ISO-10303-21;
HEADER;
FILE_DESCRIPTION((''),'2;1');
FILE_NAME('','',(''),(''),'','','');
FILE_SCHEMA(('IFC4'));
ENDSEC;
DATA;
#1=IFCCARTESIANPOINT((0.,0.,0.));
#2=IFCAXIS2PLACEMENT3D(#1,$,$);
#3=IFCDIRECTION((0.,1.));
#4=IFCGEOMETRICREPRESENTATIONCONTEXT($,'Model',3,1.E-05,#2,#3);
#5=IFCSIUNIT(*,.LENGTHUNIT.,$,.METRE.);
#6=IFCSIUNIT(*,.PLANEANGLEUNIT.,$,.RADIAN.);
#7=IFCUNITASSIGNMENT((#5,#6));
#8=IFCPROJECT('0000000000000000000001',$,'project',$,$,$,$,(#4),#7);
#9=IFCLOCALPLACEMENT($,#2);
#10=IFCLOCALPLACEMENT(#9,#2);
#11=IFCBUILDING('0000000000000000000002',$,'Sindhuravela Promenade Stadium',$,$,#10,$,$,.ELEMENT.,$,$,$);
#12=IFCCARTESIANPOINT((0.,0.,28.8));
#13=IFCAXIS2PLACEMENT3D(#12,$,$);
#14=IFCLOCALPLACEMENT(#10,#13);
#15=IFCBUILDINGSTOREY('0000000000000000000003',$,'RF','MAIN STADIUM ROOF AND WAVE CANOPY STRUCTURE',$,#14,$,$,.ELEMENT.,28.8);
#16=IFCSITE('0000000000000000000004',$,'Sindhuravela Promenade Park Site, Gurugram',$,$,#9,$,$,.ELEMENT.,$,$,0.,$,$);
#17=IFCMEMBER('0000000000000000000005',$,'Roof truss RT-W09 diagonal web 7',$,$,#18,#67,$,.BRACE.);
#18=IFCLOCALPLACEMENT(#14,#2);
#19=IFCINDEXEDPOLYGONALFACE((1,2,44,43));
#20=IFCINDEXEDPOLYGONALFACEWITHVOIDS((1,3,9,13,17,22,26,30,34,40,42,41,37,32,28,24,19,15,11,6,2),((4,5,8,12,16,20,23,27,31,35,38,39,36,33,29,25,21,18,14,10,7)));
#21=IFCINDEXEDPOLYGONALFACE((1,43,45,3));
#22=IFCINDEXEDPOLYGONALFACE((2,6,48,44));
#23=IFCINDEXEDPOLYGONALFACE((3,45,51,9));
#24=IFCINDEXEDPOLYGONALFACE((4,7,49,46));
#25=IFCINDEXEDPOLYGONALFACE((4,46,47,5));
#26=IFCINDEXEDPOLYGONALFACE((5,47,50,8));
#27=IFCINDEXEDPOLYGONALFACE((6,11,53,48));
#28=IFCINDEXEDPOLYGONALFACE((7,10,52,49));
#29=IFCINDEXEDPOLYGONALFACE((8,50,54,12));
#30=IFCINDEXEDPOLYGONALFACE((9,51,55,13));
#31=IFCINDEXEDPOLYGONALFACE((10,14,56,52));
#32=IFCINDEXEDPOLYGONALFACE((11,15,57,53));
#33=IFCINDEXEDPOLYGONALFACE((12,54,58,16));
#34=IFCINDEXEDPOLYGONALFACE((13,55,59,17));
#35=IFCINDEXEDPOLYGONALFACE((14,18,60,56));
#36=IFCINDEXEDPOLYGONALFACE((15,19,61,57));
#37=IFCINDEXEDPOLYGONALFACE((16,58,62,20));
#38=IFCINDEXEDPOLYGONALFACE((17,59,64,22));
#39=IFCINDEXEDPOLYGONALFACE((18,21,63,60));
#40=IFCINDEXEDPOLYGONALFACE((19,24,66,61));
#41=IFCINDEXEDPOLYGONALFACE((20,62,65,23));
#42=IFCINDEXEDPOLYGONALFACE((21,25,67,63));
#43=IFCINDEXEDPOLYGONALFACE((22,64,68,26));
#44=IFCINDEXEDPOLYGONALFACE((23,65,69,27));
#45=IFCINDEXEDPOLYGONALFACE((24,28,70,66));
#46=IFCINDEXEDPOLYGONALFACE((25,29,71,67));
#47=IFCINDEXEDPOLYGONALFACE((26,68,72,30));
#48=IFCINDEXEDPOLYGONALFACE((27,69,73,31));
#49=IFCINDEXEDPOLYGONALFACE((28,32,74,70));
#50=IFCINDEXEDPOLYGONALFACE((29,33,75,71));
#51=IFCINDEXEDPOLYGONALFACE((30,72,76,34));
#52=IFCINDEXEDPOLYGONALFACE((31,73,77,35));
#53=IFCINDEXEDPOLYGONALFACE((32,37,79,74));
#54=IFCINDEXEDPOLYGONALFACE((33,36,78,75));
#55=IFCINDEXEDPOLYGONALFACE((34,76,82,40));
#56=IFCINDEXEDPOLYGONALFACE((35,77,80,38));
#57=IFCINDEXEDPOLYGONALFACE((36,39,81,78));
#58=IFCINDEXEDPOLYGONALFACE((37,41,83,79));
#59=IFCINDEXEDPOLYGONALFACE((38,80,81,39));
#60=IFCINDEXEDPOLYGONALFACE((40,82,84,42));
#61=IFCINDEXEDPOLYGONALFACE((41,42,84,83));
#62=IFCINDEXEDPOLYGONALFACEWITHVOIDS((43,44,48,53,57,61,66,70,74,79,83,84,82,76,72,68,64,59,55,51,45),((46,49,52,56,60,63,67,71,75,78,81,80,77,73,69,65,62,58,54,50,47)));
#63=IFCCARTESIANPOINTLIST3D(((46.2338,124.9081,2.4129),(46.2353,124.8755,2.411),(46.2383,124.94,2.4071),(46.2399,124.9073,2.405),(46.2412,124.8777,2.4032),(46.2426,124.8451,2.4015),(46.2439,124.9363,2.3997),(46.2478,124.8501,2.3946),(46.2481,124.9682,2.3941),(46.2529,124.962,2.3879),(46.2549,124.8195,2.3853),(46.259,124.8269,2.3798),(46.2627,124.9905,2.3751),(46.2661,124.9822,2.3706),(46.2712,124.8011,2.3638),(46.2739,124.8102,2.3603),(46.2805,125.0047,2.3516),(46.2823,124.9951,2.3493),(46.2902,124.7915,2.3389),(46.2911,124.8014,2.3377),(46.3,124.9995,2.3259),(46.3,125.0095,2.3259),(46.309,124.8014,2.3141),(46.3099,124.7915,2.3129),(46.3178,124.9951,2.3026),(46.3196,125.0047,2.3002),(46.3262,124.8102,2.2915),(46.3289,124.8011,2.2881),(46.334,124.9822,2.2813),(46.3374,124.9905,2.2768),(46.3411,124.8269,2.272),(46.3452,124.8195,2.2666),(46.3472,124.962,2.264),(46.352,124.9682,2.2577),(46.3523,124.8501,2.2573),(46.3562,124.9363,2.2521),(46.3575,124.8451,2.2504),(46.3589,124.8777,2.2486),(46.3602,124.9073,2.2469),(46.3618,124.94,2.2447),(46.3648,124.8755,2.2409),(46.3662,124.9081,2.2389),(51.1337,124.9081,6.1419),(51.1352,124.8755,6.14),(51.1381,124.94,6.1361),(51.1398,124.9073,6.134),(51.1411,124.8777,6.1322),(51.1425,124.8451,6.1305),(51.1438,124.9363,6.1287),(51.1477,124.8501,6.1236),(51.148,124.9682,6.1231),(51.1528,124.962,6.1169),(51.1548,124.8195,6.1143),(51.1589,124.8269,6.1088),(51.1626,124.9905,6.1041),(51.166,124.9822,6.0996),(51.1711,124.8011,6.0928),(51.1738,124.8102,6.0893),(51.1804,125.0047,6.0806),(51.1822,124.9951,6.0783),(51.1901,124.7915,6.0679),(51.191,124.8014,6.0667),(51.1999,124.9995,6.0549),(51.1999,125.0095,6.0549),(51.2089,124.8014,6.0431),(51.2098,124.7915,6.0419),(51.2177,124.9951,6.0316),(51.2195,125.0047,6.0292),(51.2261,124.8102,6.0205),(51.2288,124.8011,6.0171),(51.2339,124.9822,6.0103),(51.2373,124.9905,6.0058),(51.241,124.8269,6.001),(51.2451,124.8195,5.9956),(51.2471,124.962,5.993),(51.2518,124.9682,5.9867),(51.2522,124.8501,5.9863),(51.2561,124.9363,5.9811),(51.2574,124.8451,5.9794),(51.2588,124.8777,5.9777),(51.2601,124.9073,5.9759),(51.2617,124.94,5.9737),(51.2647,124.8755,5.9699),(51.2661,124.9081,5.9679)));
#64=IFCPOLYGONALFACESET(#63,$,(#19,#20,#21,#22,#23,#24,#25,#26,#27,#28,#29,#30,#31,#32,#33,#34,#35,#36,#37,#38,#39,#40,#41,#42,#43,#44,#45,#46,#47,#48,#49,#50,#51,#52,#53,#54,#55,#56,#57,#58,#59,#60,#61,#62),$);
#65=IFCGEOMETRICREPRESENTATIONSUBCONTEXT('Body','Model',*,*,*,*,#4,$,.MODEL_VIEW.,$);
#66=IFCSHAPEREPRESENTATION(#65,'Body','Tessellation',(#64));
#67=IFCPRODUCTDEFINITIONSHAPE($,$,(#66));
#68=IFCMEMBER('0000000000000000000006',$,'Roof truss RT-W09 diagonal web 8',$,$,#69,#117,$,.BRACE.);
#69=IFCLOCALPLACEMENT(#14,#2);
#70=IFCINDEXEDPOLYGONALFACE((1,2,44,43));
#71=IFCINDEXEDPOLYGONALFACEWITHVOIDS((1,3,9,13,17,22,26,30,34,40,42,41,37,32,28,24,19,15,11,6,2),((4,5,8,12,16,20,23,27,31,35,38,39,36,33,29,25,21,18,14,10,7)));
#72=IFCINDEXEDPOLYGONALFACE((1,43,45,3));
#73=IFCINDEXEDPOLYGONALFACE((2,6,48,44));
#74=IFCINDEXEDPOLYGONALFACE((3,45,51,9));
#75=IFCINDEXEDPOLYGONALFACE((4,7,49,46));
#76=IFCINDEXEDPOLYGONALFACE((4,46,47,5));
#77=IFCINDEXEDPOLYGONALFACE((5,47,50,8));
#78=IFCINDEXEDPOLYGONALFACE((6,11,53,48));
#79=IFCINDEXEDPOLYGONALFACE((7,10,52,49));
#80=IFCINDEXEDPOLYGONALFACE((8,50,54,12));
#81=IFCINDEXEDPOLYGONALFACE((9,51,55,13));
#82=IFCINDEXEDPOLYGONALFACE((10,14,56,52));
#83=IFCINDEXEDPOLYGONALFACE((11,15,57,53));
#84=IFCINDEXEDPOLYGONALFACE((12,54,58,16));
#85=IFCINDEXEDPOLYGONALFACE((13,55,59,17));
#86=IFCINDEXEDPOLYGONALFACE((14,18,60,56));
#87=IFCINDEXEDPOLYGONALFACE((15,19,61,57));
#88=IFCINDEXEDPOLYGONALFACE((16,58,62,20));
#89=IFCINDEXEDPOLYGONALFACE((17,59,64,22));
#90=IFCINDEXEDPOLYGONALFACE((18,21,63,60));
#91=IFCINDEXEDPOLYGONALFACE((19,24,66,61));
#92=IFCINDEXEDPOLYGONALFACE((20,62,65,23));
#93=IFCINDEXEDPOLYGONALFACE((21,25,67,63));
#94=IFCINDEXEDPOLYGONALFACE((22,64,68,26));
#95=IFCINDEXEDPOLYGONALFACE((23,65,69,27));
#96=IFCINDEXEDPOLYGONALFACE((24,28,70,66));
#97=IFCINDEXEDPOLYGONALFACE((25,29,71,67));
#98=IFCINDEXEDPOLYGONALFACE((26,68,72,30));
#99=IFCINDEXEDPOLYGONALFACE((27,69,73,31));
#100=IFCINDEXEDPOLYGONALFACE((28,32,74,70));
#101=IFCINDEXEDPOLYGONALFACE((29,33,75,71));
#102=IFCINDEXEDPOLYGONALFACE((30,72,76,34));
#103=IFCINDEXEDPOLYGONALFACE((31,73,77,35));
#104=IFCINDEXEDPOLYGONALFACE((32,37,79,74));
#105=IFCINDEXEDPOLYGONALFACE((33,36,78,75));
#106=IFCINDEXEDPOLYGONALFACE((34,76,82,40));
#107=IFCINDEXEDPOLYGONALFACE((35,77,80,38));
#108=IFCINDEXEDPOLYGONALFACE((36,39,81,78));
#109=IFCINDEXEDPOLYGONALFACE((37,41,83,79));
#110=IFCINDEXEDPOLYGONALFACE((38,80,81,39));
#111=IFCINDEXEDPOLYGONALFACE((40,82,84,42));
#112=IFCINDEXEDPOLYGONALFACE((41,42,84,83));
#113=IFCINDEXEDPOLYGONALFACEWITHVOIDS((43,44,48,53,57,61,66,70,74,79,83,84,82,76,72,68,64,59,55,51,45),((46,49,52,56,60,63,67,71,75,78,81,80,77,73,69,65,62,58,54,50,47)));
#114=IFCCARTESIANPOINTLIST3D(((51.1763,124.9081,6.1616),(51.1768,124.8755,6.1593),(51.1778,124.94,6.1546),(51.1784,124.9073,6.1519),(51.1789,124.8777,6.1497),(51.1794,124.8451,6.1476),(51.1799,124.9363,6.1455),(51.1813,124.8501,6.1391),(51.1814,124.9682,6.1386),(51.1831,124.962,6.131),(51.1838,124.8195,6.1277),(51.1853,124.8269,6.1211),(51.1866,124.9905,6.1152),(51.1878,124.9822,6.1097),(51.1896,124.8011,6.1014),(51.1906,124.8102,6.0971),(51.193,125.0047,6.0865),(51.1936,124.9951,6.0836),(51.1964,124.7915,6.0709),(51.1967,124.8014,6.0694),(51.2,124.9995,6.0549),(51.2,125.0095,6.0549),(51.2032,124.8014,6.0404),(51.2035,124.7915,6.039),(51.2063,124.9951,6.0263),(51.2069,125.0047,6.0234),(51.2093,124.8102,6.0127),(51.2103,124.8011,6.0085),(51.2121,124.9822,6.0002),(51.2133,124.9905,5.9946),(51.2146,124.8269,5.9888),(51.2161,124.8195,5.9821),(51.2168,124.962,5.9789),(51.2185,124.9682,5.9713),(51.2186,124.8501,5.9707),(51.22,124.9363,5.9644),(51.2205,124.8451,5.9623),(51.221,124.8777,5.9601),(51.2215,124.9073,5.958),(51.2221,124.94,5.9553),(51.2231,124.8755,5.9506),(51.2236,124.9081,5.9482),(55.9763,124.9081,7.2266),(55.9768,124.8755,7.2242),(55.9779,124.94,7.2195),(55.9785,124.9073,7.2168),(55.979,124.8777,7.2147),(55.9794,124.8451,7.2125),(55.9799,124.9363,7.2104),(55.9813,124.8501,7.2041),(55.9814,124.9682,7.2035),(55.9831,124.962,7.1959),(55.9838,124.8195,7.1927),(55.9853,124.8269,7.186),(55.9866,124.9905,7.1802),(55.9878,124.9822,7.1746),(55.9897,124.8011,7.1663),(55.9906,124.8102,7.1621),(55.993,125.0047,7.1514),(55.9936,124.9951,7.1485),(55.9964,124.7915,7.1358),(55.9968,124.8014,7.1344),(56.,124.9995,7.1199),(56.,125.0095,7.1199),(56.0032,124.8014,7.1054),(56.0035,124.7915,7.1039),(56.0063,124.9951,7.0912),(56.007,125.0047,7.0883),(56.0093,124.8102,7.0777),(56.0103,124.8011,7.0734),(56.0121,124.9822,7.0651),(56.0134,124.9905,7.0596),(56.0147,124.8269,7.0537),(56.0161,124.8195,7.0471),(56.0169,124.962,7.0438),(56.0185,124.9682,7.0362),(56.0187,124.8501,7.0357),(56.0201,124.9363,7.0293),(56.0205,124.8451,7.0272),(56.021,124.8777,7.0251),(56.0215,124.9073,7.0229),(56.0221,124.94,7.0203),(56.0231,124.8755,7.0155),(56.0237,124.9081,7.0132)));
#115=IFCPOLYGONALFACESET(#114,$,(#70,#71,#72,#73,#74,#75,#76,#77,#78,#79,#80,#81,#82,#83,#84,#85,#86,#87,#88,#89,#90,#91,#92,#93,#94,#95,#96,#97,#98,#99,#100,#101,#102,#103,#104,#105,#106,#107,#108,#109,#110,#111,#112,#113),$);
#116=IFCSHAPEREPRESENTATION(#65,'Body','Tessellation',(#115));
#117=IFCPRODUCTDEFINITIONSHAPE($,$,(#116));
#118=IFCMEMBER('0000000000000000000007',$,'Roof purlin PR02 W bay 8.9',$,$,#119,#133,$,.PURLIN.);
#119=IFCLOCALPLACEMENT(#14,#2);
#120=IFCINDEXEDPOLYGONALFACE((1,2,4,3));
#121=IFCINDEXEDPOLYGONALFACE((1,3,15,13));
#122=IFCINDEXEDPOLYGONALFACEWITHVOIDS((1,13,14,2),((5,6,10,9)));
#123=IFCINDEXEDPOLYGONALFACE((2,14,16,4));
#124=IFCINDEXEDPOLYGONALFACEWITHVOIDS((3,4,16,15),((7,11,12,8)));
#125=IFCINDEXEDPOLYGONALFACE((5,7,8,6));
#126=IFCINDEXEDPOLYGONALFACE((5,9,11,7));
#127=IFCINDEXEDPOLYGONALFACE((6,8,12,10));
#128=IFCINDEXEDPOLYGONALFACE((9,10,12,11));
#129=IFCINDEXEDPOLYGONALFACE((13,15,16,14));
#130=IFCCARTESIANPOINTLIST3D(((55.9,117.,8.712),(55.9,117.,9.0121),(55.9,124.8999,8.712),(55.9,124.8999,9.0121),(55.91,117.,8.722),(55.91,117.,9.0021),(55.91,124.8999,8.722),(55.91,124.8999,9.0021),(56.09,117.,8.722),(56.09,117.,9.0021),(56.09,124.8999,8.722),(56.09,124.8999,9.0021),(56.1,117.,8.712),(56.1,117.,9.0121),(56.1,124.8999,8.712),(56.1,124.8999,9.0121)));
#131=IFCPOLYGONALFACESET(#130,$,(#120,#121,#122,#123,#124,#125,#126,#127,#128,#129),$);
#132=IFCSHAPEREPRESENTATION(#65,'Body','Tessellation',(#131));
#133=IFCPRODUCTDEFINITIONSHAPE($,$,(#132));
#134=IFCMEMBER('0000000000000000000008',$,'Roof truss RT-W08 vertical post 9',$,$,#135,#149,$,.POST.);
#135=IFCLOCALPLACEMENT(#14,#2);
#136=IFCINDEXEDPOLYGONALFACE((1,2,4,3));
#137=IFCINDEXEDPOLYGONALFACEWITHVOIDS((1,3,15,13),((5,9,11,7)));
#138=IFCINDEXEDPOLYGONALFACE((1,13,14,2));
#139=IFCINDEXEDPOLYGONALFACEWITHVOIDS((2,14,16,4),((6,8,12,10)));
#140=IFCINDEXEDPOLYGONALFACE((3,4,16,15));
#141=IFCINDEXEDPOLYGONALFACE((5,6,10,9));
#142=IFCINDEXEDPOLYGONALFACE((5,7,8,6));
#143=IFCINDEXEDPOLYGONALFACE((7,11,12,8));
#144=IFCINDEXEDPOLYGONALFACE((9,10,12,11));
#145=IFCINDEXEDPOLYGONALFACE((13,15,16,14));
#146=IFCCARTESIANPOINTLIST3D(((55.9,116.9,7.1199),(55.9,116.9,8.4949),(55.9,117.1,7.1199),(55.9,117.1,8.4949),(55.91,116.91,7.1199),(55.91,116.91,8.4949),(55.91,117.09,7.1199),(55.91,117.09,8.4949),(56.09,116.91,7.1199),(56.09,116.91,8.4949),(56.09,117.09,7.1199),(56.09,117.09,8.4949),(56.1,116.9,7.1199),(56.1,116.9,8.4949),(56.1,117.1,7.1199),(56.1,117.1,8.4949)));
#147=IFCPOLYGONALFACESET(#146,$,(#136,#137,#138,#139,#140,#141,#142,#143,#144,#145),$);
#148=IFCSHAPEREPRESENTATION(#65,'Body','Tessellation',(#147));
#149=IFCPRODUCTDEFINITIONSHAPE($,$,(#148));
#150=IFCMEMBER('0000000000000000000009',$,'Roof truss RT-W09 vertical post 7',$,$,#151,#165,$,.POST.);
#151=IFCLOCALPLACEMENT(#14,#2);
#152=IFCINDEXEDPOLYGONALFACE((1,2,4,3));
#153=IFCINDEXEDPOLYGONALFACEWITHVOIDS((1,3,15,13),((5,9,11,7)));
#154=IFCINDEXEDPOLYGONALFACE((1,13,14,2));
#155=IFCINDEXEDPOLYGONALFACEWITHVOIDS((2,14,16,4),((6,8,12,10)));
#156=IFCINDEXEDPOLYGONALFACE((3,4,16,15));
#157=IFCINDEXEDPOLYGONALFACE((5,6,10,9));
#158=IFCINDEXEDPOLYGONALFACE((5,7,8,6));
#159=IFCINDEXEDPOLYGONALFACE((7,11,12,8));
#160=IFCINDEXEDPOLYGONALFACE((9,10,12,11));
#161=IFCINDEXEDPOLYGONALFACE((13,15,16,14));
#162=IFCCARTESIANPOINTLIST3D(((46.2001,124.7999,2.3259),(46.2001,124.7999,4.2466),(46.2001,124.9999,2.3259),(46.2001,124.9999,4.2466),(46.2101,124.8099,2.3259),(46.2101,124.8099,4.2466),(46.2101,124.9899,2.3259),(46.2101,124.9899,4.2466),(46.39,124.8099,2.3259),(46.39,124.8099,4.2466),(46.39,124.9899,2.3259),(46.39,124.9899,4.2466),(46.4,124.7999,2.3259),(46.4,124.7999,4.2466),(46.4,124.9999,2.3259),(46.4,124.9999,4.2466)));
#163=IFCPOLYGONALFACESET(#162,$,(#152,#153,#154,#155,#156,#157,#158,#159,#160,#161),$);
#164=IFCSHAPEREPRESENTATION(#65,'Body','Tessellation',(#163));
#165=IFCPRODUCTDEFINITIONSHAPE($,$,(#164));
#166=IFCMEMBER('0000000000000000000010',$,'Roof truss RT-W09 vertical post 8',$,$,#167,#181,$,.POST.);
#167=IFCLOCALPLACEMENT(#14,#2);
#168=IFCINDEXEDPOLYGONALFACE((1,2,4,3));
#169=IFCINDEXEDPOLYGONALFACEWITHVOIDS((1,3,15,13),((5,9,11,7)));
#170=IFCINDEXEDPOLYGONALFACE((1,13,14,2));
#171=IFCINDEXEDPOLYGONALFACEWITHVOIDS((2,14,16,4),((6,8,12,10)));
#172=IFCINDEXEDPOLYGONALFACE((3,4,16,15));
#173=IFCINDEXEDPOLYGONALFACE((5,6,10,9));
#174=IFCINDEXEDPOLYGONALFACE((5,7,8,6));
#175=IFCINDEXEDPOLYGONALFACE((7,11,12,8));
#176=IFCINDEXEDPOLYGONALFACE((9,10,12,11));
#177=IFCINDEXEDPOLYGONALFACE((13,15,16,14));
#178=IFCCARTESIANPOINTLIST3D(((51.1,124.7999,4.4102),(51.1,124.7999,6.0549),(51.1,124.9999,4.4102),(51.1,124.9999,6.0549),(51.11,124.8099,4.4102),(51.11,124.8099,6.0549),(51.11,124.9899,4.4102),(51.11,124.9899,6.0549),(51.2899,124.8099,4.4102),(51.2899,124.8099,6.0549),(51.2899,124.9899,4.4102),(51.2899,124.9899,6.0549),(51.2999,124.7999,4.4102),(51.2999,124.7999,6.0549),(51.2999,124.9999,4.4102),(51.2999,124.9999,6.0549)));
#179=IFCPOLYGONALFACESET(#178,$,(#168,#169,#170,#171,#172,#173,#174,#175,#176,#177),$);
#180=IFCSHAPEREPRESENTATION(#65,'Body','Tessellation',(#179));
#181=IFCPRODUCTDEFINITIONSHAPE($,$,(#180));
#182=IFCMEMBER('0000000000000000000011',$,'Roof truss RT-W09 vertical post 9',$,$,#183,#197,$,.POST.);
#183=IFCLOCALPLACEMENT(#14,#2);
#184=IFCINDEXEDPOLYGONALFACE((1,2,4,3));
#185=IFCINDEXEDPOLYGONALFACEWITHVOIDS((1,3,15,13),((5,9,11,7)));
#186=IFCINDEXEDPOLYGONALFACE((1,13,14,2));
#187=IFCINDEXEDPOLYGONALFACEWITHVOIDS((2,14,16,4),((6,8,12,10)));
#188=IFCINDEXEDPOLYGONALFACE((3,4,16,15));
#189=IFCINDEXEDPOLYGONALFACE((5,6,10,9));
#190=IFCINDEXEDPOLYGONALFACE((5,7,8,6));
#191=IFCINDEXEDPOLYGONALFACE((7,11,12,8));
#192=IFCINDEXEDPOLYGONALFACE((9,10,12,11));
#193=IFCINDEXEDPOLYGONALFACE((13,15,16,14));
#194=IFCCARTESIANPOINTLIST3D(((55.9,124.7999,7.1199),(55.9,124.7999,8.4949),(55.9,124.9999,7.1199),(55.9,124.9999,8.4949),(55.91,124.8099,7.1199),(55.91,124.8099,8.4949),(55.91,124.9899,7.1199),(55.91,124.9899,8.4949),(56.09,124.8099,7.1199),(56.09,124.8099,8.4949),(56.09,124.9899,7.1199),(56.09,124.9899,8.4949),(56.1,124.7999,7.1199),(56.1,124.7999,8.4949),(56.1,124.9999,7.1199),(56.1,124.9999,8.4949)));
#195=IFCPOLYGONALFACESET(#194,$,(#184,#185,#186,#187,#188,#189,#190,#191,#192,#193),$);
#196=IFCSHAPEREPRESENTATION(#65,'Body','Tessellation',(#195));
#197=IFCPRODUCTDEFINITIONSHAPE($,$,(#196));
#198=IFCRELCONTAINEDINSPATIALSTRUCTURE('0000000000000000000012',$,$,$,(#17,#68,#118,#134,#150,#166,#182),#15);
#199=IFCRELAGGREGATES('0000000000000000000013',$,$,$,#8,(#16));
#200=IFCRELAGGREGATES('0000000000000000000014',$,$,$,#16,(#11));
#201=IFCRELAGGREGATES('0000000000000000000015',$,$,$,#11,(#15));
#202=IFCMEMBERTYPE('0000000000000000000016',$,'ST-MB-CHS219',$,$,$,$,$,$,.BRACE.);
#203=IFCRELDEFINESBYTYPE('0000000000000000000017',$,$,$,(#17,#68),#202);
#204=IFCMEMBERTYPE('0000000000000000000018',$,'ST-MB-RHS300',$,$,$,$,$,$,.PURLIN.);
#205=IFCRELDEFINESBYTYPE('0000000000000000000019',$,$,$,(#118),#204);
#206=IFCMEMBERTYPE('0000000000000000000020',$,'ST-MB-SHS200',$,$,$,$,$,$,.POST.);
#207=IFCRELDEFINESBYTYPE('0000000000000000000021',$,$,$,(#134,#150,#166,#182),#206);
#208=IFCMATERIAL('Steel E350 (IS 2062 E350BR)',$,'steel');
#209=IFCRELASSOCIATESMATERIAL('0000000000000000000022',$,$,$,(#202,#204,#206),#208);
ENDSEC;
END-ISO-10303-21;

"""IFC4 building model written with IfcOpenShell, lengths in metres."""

from ifc_helpers import new_model, si_unit, direction, frame, origin, origin_2d, place, context, subcontext, project, spatial, hollow_rectangle, hollow_circle, extrude, material, material_profile, profile_set, type_object, element, save


model = new_model("IFC4")

# Units and contexts
model_context = context("Model", 3, precision=1e-05, world=origin(), true_north=direction((0.0, 1.0)))
body_context = subcontext(model_context, "Body", "Model", "MODEL_VIEW")
ifc_project = project(units=[si_unit("LENGTHUNIT", "METRE"), si_unit("PLANEANGLEUNIT", "RADIAN")], contexts=[model_context])

# Site, building, storey
site_placement = place(None, origin())
site = spatial("IfcSite", under=ifc_project, at=site_placement, Name="Sindhuravela Promenade Park Site, Gurugram", CompositionType="ELEMENT", RefElevation=0.0)
building_placement = place(site_placement, origin())
building = spatial("IfcBuilding", under=site, at=building_placement, Name="Sindhuravela Promenade Stadium", CompositionType="ELEMENT")
storey_placement = place(building_placement, frame((0.0, 0.0, 28.8)))
storey = spatial("IfcBuildingStorey", under=building, at=storey_placement, Name="RF", Description="MAIN STADIUM ROOF AND WAVE CANOPY STRUCTURE", CompositionType="ELEMENT", Elevation=28.8)

# Shared definitions
ifc_material_1 = material(Name="Steel E350 (IS 2062 E350BR)", Category="steel")

# Members
ifc_material_profile_1 = material_profile(ifc_material_1, hollow_circle(Radius=0.1096, WallThickness=0.01, at=origin_2d()), Name="CHS 219.1x10")
ifc_profile_set_1 = profile_set([ifc_material_profile_1], Name="Steel E350 (IS 2062 E350BR)")
member_type_1 = type_object("IfcMemberType", Name="ST-MB-CHS219", PredefinedType="BRACE", material=ifc_profile_set_1)
member_1_placement = place(storey_placement, frame((46.3, 124.8999, 2.3259), z_axis=(0.795765, 0.0, 0.605606), x_axis=(0.0, 1.0, 0.0)))
element("IfcMember", 1, at=member_1_placement, inside=storey, type_object=member_type_1, Name="Roof truss RT-W09 diagonal web 7", PredefinedType="BRACE", context=body_context, shape_type="SweptSolid", body=[
    extrude(hollow_circle(Radius=0.1096, WallThickness=0.01, at=origin_2d()), origin(), (0.0, 0.0, 1.0), 6.1575),
])
member_2_placement = place(storey_placement, frame((51.2, 124.8999, 6.0549), z_axis=(0.976262, 0.0, 0.216594), x_axis=(0.0, 1.0, 0.0)))
element("IfcMember", 2, at=member_2_placement, inside=storey, type_object=member_type_1, Name="Roof truss RT-W09 diagonal web 8", PredefinedType="BRACE", context=body_context, shape_type="SweptSolid", body=[
    extrude(hollow_circle(Radius=0.1096, WallThickness=0.01, at=origin_2d()), origin(), (0.0, 0.0, 1.0), 4.9167),
])
ifc_material_profile_2 = material_profile(ifc_material_1, hollow_rectangle(XDim=0.2, YDim=0.3, WallThickness=0.01, at=origin_2d()), Name="RHS 300x200x10")
ifc_profile_set_2 = profile_set([ifc_material_profile_2], Name="Steel E350 (IS 2062 E350BR)")
member_type_2 = type_object("IfcMemberType", Name="ST-MB-RHS300", PredefinedType="PURLIN", material=ifc_profile_set_2)
member_3_placement = place(storey_placement, frame((56.0, 117.0, 8.8621), z_axis=(0.0, 1.0, 0.0), x_axis=(-1.0, 0.0, 0.0)))
element("IfcMember", 3, at=member_3_placement, inside=storey, type_object=member_type_2, Name="Roof purlin PR02 W bay 8.9", PredefinedType="PURLIN", context=body_context, shape_type="SweptSolid", body=[
    extrude(hollow_rectangle(XDim=0.2, YDim=0.3, WallThickness=0.01, at=origin_2d()), origin(), (0.0, 0.0, 1.0), 7.8999),
])
ifc_material_profile_3 = material_profile(ifc_material_1, hollow_rectangle(XDim=0.2, YDim=0.2, WallThickness=0.01, at=origin_2d()), Name="SHS 200x200x10")
ifc_profile_set_3 = profile_set([ifc_material_profile_3], Name="Steel E350 (IS 2062 E350BR)")
member_type_3 = type_object("IfcMemberType", Name="ST-MB-SHS200", PredefinedType="POST", material=ifc_profile_set_3)
member_4_placement = place(storey_placement, frame((56.0, 117.0, 7.1199), z_axis=(0.0, 0.0, 1.0), x_axis=(1.0, 0.0, 0.0)))
element("IfcMember", 4, at=member_4_placement, inside=storey, type_object=member_type_3, Name="Roof truss RT-W08 vertical post 9", PredefinedType="POST", context=body_context, shape_type="SweptSolid", body=[
    extrude(hollow_rectangle(XDim=0.2, YDim=0.2, WallThickness=0.01, at=origin_2d()), origin(), (0.0, 0.0, 1.0), 1.375),
])
member_5_placement = place(storey_placement, frame((46.3, 124.8999, 2.3259), z_axis=(0.0, 0.0, 1.0), x_axis=(1.0, 0.0, 0.0)))
element("IfcMember", 5, at=member_5_placement, inside=storey, type_object=member_type_3, Name="Roof truss RT-W09 vertical post 7", PredefinedType="POST", context=body_context, shape_type="SweptSolid", body=[
    extrude(hollow_rectangle(XDim=0.2, YDim=0.2, WallThickness=0.01, at=origin_2d()), origin(), (0.0, 0.0, 1.0), 1.9207),
])
member_6_placement = place(storey_placement, frame((51.2, 124.8999, 4.4102), z_axis=(0.0, 0.0, 1.0), x_axis=(1.0, 0.0, 0.0)))
element("IfcMember", 6, at=member_6_placement, inside=storey, type_object=member_type_3, Name="Roof truss RT-W09 vertical post 8", PredefinedType="POST", context=body_context, shape_type="SweptSolid", body=[
    extrude(hollow_rectangle(XDim=0.2, YDim=0.2, WallThickness=0.01, at=origin_2d()), origin(), (0.0, 0.0, 1.0), 1.6448),
])
member_7_placement = place(storey_placement, frame((56.0, 124.8999, 7.1199), z_axis=(0.0, 0.0, 1.0), x_axis=(1.0, 0.0, 0.0)))
element("IfcMember", 7, at=member_7_placement, inside=storey, type_object=member_type_3, Name="Roof truss RT-W09 vertical post 9", PredefinedType="POST", context=body_context, shape_type="SweptSolid", body=[
    extrude(hollow_rectangle(XDim=0.2, YDim=0.2, WallThickness=0.01, at=origin_2d()), origin(), (0.0, 0.0, 1.0), 1.375),
])

save(model, "model.ifc")
